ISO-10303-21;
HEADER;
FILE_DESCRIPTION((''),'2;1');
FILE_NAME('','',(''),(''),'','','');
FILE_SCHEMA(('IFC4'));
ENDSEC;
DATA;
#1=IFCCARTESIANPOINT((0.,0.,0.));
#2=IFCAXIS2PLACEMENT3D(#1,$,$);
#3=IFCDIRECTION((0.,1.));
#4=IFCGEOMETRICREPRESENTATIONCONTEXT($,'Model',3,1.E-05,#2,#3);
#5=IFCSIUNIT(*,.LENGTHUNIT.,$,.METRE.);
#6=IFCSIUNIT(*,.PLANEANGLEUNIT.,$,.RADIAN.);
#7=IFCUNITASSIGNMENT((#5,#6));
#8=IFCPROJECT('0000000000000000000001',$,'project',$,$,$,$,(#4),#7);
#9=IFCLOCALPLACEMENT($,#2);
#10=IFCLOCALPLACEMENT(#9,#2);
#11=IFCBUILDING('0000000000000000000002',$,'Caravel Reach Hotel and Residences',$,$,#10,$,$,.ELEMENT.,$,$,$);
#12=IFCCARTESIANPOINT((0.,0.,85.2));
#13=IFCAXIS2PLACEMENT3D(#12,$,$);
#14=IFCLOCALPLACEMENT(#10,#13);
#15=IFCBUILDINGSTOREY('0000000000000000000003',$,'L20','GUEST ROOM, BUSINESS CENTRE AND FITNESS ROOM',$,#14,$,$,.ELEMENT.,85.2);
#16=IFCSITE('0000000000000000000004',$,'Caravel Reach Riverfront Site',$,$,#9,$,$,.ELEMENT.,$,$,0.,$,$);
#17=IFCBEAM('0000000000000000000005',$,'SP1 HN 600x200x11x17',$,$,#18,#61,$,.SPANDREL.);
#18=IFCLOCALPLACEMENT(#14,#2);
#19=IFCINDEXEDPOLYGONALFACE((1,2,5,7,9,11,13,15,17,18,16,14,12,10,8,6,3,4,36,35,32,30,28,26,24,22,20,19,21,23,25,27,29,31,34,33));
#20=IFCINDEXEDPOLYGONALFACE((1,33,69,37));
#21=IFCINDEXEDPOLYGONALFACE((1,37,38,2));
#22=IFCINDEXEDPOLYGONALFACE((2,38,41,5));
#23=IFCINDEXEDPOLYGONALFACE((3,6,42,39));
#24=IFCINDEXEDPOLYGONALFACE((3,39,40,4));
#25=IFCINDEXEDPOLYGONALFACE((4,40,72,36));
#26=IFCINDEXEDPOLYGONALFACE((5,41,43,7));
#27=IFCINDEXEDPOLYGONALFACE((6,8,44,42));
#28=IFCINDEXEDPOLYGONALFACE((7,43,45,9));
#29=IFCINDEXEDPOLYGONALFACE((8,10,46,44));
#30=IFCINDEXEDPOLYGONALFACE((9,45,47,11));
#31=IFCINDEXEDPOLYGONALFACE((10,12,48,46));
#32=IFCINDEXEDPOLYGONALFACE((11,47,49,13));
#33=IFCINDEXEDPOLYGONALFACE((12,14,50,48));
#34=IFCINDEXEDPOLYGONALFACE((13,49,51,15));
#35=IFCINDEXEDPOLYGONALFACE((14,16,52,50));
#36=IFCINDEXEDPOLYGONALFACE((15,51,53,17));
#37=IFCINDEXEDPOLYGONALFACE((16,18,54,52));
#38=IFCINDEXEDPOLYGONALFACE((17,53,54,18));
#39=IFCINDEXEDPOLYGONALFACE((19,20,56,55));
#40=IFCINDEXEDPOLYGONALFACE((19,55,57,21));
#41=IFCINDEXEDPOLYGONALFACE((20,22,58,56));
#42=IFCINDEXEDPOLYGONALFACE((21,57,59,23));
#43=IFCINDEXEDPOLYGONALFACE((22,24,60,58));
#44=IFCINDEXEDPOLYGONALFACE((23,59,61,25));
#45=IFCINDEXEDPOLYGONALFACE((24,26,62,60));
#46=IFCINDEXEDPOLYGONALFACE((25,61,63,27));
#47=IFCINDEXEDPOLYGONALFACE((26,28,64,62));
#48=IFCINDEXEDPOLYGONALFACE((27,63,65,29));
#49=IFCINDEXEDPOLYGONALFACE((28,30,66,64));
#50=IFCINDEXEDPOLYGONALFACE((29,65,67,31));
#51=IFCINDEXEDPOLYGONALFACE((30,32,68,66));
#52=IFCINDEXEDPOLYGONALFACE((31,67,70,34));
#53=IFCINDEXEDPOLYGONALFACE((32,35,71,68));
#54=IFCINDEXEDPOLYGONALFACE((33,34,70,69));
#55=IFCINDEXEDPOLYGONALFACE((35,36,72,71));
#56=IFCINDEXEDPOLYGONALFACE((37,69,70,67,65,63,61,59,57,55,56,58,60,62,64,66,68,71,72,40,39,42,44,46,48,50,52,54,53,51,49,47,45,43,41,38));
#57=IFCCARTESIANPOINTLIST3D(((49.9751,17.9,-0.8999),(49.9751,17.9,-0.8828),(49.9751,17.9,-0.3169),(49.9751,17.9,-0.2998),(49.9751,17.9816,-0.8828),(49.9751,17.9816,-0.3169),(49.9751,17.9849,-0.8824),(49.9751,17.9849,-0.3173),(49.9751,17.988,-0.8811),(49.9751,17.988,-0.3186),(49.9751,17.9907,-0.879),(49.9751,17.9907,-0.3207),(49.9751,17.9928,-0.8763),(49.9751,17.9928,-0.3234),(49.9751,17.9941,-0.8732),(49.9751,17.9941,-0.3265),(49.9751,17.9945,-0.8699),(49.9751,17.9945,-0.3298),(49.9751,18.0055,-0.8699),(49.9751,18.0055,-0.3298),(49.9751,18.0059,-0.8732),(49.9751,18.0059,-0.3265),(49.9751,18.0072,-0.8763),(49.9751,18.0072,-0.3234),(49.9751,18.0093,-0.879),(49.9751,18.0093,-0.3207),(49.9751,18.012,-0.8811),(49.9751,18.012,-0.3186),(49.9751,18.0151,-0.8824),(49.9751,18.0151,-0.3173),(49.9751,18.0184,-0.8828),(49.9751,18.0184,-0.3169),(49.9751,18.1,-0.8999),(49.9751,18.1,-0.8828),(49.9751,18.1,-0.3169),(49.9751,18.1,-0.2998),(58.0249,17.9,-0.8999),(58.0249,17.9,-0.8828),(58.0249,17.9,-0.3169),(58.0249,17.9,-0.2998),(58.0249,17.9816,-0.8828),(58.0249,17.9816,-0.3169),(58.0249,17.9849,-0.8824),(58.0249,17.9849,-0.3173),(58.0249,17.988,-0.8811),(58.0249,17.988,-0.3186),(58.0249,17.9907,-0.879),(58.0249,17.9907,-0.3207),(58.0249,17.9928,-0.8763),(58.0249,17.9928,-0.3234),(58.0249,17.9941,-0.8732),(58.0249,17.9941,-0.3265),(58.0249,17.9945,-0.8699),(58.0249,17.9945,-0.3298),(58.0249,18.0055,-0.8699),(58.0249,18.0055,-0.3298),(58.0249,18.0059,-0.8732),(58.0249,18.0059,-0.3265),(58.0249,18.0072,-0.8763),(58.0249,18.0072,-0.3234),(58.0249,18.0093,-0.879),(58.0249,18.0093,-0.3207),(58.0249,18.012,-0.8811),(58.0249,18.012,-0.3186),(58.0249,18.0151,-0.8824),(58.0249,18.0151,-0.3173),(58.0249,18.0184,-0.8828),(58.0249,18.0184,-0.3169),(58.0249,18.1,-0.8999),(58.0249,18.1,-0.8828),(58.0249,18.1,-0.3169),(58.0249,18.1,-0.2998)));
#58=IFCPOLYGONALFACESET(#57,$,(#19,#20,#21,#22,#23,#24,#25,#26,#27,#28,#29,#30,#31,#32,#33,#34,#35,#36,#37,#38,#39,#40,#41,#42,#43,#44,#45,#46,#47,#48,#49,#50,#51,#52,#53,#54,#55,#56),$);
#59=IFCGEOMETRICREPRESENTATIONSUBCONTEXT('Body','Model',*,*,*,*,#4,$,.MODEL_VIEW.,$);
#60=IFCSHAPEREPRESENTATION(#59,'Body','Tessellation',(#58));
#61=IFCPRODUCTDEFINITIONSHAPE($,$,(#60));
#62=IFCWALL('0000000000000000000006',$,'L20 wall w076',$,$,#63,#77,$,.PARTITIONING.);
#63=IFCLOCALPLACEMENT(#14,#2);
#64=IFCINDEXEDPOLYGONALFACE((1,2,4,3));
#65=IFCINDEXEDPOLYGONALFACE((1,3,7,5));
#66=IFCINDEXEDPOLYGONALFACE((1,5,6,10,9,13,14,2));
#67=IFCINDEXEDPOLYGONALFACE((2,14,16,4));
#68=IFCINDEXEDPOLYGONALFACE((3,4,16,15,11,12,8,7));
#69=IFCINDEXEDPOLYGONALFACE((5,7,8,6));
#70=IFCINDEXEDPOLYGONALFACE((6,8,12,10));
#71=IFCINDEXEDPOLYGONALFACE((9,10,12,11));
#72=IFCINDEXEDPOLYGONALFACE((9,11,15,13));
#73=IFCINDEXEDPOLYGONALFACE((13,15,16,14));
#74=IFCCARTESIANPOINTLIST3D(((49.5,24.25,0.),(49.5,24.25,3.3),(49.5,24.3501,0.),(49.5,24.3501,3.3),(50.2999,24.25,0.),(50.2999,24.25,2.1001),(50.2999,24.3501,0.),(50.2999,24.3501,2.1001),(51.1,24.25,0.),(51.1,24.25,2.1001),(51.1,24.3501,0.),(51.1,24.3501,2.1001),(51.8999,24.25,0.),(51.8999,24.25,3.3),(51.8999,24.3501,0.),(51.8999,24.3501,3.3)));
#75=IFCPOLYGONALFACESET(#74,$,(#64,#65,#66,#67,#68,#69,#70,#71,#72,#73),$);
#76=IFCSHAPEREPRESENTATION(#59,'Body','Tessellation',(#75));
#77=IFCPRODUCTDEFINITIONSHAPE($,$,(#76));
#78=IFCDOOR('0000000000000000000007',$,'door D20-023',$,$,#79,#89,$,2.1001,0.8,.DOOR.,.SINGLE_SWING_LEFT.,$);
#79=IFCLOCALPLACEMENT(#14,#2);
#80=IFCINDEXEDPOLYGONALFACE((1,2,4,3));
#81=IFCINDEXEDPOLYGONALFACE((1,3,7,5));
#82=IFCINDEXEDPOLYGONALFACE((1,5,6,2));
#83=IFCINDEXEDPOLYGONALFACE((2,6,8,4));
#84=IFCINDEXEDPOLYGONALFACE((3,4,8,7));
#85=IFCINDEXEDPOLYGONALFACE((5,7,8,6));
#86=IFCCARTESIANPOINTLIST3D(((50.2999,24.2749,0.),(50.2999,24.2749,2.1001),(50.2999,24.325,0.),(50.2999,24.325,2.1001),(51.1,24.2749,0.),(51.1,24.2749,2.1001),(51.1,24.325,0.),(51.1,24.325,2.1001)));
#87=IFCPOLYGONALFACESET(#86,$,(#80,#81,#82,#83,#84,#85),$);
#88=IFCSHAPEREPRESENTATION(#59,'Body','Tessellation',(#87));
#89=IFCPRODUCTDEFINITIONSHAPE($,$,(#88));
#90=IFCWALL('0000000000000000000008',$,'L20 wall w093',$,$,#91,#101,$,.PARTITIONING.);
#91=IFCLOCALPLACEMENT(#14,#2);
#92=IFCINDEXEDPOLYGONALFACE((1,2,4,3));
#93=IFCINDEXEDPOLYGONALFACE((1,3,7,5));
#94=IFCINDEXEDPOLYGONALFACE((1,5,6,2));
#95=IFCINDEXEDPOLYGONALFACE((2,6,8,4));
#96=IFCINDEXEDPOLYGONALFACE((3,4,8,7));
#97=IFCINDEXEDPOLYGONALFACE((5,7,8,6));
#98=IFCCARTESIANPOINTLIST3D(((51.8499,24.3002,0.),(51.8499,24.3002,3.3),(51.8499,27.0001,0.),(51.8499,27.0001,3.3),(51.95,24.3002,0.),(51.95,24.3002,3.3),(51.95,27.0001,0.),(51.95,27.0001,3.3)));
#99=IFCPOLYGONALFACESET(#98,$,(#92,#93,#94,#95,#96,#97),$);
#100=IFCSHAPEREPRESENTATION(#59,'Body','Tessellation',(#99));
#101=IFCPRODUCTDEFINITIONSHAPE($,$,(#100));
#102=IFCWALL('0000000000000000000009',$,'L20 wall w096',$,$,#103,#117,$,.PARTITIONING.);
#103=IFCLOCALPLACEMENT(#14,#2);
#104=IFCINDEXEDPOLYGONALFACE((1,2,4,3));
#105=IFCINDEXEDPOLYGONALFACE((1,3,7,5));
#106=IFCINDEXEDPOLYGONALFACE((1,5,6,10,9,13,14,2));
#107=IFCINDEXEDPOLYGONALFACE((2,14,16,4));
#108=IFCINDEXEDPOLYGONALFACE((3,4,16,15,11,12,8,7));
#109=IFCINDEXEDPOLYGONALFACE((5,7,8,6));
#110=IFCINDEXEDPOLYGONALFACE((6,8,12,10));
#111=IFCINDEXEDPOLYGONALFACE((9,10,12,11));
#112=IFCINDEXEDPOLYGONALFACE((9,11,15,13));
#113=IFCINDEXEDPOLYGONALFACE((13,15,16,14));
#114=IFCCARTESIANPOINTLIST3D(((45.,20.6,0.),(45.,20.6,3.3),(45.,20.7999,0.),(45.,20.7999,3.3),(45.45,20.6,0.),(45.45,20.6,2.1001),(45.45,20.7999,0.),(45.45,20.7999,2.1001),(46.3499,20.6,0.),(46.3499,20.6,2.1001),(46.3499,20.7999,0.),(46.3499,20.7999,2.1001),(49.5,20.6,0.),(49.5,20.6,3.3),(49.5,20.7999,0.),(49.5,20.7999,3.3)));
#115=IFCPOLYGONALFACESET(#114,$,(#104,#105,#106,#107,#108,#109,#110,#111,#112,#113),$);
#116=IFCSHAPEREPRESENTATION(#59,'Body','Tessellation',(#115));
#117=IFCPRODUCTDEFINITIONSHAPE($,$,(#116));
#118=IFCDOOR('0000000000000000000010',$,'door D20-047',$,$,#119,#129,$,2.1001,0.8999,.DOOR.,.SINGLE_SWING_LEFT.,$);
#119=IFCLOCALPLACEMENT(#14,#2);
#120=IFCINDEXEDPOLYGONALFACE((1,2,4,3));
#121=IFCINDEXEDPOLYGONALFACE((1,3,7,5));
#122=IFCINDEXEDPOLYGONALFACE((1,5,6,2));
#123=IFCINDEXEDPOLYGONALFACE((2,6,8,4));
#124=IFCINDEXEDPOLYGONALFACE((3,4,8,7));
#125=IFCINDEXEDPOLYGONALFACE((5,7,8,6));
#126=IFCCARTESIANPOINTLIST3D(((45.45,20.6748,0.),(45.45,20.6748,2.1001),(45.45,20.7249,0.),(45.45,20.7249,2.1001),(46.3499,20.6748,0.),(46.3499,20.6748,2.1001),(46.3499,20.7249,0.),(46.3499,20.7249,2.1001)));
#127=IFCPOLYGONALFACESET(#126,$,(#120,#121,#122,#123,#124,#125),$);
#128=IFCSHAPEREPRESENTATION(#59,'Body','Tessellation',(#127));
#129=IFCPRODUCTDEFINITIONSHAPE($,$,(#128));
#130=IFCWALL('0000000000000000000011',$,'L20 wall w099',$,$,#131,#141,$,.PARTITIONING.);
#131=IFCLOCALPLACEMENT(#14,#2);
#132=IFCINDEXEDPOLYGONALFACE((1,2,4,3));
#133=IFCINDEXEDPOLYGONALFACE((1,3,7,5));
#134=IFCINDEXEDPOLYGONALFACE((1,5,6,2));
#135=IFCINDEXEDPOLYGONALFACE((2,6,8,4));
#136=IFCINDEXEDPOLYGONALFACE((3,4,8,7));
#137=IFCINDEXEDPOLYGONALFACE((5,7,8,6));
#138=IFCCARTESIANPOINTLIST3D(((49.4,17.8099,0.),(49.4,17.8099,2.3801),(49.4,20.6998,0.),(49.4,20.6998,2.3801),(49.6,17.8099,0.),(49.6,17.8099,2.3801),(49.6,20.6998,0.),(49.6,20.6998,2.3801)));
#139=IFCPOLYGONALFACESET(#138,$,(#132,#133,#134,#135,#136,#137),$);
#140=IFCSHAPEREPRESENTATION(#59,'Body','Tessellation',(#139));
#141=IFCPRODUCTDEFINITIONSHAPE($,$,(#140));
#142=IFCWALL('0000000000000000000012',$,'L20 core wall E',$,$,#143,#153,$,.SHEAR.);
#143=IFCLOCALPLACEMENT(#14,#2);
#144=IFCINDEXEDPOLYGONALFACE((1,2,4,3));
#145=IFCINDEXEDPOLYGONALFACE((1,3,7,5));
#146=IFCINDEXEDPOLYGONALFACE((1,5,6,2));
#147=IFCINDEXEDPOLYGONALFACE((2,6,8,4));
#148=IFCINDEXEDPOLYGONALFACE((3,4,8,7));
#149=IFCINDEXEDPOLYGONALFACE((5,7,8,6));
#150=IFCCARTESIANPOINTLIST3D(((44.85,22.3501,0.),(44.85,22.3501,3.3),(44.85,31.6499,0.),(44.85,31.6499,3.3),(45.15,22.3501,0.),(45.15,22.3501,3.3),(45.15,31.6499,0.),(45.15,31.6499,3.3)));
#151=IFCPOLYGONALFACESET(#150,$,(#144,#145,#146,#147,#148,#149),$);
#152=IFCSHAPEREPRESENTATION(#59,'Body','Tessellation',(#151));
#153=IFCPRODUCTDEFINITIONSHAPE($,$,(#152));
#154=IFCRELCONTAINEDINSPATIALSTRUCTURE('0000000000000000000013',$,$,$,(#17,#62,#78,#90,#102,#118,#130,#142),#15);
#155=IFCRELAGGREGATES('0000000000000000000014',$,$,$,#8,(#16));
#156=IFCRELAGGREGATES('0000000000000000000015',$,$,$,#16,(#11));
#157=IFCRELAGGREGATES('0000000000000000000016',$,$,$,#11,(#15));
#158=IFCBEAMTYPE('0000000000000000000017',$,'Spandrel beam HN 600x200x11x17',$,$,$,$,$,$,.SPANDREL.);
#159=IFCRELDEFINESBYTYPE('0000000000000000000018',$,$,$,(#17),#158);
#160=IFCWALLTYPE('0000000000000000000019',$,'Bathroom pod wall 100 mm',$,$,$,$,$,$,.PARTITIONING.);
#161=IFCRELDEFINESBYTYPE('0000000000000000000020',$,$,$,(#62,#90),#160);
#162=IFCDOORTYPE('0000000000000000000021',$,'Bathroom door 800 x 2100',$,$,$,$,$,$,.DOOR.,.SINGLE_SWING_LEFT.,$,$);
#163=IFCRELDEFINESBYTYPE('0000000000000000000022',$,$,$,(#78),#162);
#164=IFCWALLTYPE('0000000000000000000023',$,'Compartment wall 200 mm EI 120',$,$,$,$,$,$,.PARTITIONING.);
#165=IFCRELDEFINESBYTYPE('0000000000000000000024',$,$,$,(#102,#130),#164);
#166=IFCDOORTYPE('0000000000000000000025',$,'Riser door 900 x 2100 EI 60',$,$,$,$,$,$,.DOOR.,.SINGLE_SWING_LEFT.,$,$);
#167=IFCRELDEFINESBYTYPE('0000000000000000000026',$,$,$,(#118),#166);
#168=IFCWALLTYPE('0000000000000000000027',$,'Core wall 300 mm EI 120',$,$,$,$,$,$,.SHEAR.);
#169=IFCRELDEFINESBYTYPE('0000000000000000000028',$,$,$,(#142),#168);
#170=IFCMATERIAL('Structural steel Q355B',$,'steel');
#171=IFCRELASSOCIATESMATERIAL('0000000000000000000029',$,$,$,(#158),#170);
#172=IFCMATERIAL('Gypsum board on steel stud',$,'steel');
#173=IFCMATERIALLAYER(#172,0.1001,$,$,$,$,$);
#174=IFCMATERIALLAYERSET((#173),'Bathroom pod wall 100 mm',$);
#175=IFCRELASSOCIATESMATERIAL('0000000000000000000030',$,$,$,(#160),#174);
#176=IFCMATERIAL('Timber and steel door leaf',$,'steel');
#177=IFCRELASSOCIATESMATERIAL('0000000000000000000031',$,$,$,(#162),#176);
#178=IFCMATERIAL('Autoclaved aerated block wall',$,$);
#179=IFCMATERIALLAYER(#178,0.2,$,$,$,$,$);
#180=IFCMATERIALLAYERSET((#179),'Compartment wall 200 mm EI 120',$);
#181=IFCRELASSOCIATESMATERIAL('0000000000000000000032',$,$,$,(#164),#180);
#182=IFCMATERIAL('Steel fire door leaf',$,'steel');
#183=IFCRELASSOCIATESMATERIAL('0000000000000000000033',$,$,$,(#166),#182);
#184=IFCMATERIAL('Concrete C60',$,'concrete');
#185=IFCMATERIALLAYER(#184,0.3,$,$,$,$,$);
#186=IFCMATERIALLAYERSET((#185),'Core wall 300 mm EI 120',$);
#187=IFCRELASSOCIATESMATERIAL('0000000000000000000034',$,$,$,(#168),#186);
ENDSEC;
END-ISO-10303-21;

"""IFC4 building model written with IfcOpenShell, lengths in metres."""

from ifc_helpers import new_model, si_unit, direction, frame, frame_2d, origin, origin_2d, place, context, subcontext, project, spatial, rectangle, i_section, extrude, material, layer, layer_set, material_profile, profile_set, type_object, element, fill, save


model = new_model("IFC4")

# Units and contexts
model_context = context("Model", 3, precision=1e-05, world=origin(), true_north=direction((0.0, 1.0)))
body_context = subcontext(model_context, "Body", "Model", "MODEL_VIEW")
ifc_project = project(units=[si_unit("LENGTHUNIT", "METRE"), si_unit("PLANEANGLEUNIT", "RADIAN")], contexts=[model_context])

# Site, building, storey
site_placement = place(None, origin())
site = spatial("IfcSite", under=ifc_project, at=site_placement, Name="Caravel Reach Riverfront Site", CompositionType="ELEMENT", RefElevation=0.0)
building_placement = place(site_placement, origin())
building = spatial("IfcBuilding", under=site, at=building_placement, Name="Caravel Reach Hotel and Residences", CompositionType="ELEMENT")
storey_placement = place(building_placement, frame((0.0, 0.0, 85.2)))
storey = spatial("IfcBuildingStorey", under=building, at=storey_placement, Name="L20", Description="GUEST ROOM, BUSINESS CENTRE AND FITNESS ROOM", CompositionType="ELEMENT", Elevation=85.2)

# Beam
ifc_material_1 = material(Name="Structural steel Q355B", Category="steel")
ifc_material_profile_1 = material_profile(ifc_material_1, i_section(OverallWidth=0.2, OverallDepth=0.6001, WebThickness=0.011, FlangeThickness=0.0171, FilletRadius=0.0129, at=origin_2d()), Name="HN 600x200x11x17")
ifc_profile_set_1 = profile_set([ifc_material_profile_1], Name="Structural steel Q355B")
beam_type_1 = type_object("IfcBeamType", Name="Spandrel beam HN 600x200x11x17", PredefinedType="SPANDREL", material=ifc_profile_set_1)
beam_1_placement = place(storey_placement, frame((49.9751, 18.0, -0.5999), z_axis=(1.0, 0.0, 0.0), x_axis=(0.0, 1.0, 0.0)))
element("IfcBeam", 1, at=beam_1_placement, inside=storey, type_object=beam_type_1, Name="SP1 HN 600x200x11x17", PredefinedType="SPANDREL", context=body_context, shape_type="SweptSolid", body=[
    extrude(i_section(OverallWidth=0.2, OverallDepth=0.6001, WebThickness=0.011, FlangeThickness=0.0171, FilletRadius=0.0129, at=origin_2d()), origin(), (0.0, 0.0, 1.0), 8.0498),
])

# Wall, opening, door
ifc_material_2 = material(Name="Gypsum board on steel stud", Category="steel")
ifc_layer_1 = layer(ifc_material_2, 0.1001)
ifc_layer_set_1 = layer_set([ifc_layer_1], Name="Bathroom pod wall 100 mm")
wall_type_1 = type_object("IfcWallType", Name="Bathroom pod wall 100 mm", PredefinedType="PARTITIONING", material=ifc_layer_set_1)
wall_1_placement = place(storey_placement, frame((49.5, 24.3, 0.0), z_axis=(0.0, 0.0, 1.0), x_axis=(1.0, 0.0, 0.0)))
wall_1 = element("IfcWall", 2, at=wall_1_placement, inside=storey, type_object=wall_type_1, Name="L20 wall w076", PredefinedType="PARTITIONING", context=body_context, shape_type="SweptSolid", body=[
    extrude(rectangle(XDim=2.3999, YDim=0.1001, at=frame_2d((1.2, 0.0))), origin(), (0.0, 0.0, 1.0), 3.3),
])
opening_1_placement = place(wall_1_placement, frame((0.8, 0.0, 0.0)))
opening_1 = element("IfcOpeningElement", 3, at=opening_1_placement, cuts=wall_1, PredefinedType="OPENING", context=body_context, shape_type="SweptSolid", body=[
    extrude(rectangle(XDim=0.8, YDim=2.1001, at=frame_2d((0.3999, 1.05))), frame((0.0, 0.0601, 0.0), z_axis=(0.0, -1.0, 0.0), x_axis=(1.0, 0.0, 0.0)), (0.0, 0.0, 1.0), 0.1201),
])
ifc_material_3 = material(Name="Timber and steel door leaf", Category="steel")
door_type_1 = type_object("IfcDoorType", Name="Bathroom door 800 x 2100", OperationType="SINGLE_SWING_LEFT", PredefinedType="DOOR", material=ifc_material_3)
door_1_placement = place(opening_1_placement, origin())
door_1 = element("IfcDoor", 4, at=door_1_placement, inside=storey, type_object=door_type_1, Name="door D20-023", OperationType="SINGLE_SWING_LEFT", OverallHeight=2.1001, OverallWidth=0.8, PredefinedType="DOOR", context=body_context, shape_type="SweptSolid", body=[
    extrude(rectangle(XDim=0.8, YDim=2.1001, at=frame_2d((0.3999, 1.05))), frame((0.0, 0.0249, 0.0), z_axis=(0.0, -1.0, 0.0), x_axis=(1.0, 0.0, 0.0)), (0.0, 0.0, 1.0), 0.05),
])
fill(opening_1, door_1)

# Wall
wall_2_placement = place(storey_placement, frame((51.8999, 24.3, 0.0), z_axis=(0.0, 0.0, 1.0), x_axis=(0.0, 1.0, 0.0)))
element("IfcWall", 5, at=wall_2_placement, inside=storey, type_object=wall_type_1, Name="L20 wall w093", PredefinedType="PARTITIONING", context=body_context, shape_type="SweptSolid", body=[
    extrude(rectangle(XDim=2.7, YDim=0.1001, at=frame_2d((1.3501, 0.0))), origin(), (0.0, 0.0, 1.0), 3.3),
])

# Wall, opening, door
ifc_material_4 = material(Name="Autoclaved aerated block wall")
ifc_layer_2 = layer(ifc_material_4, 0.2)
ifc_layer_set_2 = layer_set([ifc_layer_2], Name="Compartment wall 200 mm EI 120")
wall_type_2 = type_object("IfcWallType", Name="Compartment wall 200 mm EI 120", PredefinedType="PARTITIONING", material=ifc_layer_set_2)
wall_3_placement = place(storey_placement, frame((45.0, 20.7, 0.0), z_axis=(0.0, 0.0, 1.0), x_axis=(1.0, 0.0, 0.0)))
wall_3 = element("IfcWall", 6, at=wall_3_placement, inside=storey, type_object=wall_type_2, Name="L20 wall w096", PredefinedType="PARTITIONING", context=body_context, shape_type="SweptSolid", body=[
    extrude(rectangle(XDim=4.5, YDim=0.2, at=frame_2d((2.25, 0.0))), origin(), (0.0, 0.0, 1.0), 3.3),
])
opening_2_placement = place(wall_3_placement, frame((0.45, 0.0, 0.0)))
opening_2 = element("IfcOpeningElement", 7, at=opening_2_placement, cuts=wall_3, PredefinedType="OPENING", context=body_context, shape_type="SweptSolid", body=[
    extrude(rectangle(XDim=0.8999, YDim=2.1001, at=frame_2d((0.45, 1.05))), frame((0.0, 0.1099, 0.0), z_axis=(0.0, -1.0, 0.0), x_axis=(1.0, 0.0, 0.0)), (0.0, 0.0, 1.0), 0.22),
])
ifc_material_5 = material(Name="Steel fire door leaf", Category="steel")
door_type_2 = type_object("IfcDoorType", Name="Riser door 900 x 2100 EI 60", OperationType="SINGLE_SWING_LEFT", PredefinedType="DOOR", material=ifc_material_5)
door_2_placement = place(opening_2_placement, origin())
door_2 = element("IfcDoor", 8, at=door_2_placement, inside=storey, type_object=door_type_2, Name="door D20-047", OperationType="SINGLE_SWING_LEFT", OverallHeight=2.1001, OverallWidth=0.8999, PredefinedType="DOOR", context=body_context, shape_type="SweptSolid", body=[
    extrude(rectangle(XDim=0.8999, YDim=2.1001, at=frame_2d((0.45, 1.05))), frame((0.0, 0.0249, 0.0), z_axis=(0.0, -1.0, 0.0), x_axis=(1.0, 0.0, 0.0)), (0.0, 0.0, 1.0), 0.05),
])
fill(opening_2, door_2)

# Walls
wall_4_placement = place(storey_placement, frame((49.5, 17.8101, 0.0), z_axis=(0.0, 0.0, 1.0), x_axis=(0.0, 1.0, 0.0)))
element("IfcWall", 9, at=wall_4_placement, inside=storey, type_object=wall_type_2, Name="L20 wall w099", PredefinedType="PARTITIONING", context=body_context, shape_type="SweptSolid", body=[
    extrude(rectangle(XDim=2.8899, YDim=0.2, at=frame_2d((1.4448, 0.0))), origin(), (0.0, 0.0, 1.0), 2.3801),
])
ifc_material_6 = material(Name="Concrete C60", Category="concrete")
ifc_layer_3 = layer(ifc_material_6, 0.3)
ifc_layer_set_3 = layer_set([ifc_layer_3], Name="Core wall 300 mm EI 120")
wall_type_3 = type_object("IfcWallType", Name="Core wall 300 mm EI 120", PredefinedType="SHEAR", material=ifc_layer_set_3)
wall_5_placement = place(storey_placement, frame((45.0, 22.3501, 0.0), z_axis=(0.0, 0.0, 1.0), x_axis=(0.0, 1.0, 0.0)))
element("IfcWall", 10, at=wall_5_placement, inside=storey, type_object=wall_type_3, Name="L20 core wall E", PredefinedType="SHEAR", context=body_context, shape_type="SweptSolid", body=[
    extrude(rectangle(XDim=9.2998, YDim=0.3, at=frame_2d((4.6499, 0.0))), origin(), (0.0, 0.0, 1.0), 3.3),
])

save(model, "model.ifc")
